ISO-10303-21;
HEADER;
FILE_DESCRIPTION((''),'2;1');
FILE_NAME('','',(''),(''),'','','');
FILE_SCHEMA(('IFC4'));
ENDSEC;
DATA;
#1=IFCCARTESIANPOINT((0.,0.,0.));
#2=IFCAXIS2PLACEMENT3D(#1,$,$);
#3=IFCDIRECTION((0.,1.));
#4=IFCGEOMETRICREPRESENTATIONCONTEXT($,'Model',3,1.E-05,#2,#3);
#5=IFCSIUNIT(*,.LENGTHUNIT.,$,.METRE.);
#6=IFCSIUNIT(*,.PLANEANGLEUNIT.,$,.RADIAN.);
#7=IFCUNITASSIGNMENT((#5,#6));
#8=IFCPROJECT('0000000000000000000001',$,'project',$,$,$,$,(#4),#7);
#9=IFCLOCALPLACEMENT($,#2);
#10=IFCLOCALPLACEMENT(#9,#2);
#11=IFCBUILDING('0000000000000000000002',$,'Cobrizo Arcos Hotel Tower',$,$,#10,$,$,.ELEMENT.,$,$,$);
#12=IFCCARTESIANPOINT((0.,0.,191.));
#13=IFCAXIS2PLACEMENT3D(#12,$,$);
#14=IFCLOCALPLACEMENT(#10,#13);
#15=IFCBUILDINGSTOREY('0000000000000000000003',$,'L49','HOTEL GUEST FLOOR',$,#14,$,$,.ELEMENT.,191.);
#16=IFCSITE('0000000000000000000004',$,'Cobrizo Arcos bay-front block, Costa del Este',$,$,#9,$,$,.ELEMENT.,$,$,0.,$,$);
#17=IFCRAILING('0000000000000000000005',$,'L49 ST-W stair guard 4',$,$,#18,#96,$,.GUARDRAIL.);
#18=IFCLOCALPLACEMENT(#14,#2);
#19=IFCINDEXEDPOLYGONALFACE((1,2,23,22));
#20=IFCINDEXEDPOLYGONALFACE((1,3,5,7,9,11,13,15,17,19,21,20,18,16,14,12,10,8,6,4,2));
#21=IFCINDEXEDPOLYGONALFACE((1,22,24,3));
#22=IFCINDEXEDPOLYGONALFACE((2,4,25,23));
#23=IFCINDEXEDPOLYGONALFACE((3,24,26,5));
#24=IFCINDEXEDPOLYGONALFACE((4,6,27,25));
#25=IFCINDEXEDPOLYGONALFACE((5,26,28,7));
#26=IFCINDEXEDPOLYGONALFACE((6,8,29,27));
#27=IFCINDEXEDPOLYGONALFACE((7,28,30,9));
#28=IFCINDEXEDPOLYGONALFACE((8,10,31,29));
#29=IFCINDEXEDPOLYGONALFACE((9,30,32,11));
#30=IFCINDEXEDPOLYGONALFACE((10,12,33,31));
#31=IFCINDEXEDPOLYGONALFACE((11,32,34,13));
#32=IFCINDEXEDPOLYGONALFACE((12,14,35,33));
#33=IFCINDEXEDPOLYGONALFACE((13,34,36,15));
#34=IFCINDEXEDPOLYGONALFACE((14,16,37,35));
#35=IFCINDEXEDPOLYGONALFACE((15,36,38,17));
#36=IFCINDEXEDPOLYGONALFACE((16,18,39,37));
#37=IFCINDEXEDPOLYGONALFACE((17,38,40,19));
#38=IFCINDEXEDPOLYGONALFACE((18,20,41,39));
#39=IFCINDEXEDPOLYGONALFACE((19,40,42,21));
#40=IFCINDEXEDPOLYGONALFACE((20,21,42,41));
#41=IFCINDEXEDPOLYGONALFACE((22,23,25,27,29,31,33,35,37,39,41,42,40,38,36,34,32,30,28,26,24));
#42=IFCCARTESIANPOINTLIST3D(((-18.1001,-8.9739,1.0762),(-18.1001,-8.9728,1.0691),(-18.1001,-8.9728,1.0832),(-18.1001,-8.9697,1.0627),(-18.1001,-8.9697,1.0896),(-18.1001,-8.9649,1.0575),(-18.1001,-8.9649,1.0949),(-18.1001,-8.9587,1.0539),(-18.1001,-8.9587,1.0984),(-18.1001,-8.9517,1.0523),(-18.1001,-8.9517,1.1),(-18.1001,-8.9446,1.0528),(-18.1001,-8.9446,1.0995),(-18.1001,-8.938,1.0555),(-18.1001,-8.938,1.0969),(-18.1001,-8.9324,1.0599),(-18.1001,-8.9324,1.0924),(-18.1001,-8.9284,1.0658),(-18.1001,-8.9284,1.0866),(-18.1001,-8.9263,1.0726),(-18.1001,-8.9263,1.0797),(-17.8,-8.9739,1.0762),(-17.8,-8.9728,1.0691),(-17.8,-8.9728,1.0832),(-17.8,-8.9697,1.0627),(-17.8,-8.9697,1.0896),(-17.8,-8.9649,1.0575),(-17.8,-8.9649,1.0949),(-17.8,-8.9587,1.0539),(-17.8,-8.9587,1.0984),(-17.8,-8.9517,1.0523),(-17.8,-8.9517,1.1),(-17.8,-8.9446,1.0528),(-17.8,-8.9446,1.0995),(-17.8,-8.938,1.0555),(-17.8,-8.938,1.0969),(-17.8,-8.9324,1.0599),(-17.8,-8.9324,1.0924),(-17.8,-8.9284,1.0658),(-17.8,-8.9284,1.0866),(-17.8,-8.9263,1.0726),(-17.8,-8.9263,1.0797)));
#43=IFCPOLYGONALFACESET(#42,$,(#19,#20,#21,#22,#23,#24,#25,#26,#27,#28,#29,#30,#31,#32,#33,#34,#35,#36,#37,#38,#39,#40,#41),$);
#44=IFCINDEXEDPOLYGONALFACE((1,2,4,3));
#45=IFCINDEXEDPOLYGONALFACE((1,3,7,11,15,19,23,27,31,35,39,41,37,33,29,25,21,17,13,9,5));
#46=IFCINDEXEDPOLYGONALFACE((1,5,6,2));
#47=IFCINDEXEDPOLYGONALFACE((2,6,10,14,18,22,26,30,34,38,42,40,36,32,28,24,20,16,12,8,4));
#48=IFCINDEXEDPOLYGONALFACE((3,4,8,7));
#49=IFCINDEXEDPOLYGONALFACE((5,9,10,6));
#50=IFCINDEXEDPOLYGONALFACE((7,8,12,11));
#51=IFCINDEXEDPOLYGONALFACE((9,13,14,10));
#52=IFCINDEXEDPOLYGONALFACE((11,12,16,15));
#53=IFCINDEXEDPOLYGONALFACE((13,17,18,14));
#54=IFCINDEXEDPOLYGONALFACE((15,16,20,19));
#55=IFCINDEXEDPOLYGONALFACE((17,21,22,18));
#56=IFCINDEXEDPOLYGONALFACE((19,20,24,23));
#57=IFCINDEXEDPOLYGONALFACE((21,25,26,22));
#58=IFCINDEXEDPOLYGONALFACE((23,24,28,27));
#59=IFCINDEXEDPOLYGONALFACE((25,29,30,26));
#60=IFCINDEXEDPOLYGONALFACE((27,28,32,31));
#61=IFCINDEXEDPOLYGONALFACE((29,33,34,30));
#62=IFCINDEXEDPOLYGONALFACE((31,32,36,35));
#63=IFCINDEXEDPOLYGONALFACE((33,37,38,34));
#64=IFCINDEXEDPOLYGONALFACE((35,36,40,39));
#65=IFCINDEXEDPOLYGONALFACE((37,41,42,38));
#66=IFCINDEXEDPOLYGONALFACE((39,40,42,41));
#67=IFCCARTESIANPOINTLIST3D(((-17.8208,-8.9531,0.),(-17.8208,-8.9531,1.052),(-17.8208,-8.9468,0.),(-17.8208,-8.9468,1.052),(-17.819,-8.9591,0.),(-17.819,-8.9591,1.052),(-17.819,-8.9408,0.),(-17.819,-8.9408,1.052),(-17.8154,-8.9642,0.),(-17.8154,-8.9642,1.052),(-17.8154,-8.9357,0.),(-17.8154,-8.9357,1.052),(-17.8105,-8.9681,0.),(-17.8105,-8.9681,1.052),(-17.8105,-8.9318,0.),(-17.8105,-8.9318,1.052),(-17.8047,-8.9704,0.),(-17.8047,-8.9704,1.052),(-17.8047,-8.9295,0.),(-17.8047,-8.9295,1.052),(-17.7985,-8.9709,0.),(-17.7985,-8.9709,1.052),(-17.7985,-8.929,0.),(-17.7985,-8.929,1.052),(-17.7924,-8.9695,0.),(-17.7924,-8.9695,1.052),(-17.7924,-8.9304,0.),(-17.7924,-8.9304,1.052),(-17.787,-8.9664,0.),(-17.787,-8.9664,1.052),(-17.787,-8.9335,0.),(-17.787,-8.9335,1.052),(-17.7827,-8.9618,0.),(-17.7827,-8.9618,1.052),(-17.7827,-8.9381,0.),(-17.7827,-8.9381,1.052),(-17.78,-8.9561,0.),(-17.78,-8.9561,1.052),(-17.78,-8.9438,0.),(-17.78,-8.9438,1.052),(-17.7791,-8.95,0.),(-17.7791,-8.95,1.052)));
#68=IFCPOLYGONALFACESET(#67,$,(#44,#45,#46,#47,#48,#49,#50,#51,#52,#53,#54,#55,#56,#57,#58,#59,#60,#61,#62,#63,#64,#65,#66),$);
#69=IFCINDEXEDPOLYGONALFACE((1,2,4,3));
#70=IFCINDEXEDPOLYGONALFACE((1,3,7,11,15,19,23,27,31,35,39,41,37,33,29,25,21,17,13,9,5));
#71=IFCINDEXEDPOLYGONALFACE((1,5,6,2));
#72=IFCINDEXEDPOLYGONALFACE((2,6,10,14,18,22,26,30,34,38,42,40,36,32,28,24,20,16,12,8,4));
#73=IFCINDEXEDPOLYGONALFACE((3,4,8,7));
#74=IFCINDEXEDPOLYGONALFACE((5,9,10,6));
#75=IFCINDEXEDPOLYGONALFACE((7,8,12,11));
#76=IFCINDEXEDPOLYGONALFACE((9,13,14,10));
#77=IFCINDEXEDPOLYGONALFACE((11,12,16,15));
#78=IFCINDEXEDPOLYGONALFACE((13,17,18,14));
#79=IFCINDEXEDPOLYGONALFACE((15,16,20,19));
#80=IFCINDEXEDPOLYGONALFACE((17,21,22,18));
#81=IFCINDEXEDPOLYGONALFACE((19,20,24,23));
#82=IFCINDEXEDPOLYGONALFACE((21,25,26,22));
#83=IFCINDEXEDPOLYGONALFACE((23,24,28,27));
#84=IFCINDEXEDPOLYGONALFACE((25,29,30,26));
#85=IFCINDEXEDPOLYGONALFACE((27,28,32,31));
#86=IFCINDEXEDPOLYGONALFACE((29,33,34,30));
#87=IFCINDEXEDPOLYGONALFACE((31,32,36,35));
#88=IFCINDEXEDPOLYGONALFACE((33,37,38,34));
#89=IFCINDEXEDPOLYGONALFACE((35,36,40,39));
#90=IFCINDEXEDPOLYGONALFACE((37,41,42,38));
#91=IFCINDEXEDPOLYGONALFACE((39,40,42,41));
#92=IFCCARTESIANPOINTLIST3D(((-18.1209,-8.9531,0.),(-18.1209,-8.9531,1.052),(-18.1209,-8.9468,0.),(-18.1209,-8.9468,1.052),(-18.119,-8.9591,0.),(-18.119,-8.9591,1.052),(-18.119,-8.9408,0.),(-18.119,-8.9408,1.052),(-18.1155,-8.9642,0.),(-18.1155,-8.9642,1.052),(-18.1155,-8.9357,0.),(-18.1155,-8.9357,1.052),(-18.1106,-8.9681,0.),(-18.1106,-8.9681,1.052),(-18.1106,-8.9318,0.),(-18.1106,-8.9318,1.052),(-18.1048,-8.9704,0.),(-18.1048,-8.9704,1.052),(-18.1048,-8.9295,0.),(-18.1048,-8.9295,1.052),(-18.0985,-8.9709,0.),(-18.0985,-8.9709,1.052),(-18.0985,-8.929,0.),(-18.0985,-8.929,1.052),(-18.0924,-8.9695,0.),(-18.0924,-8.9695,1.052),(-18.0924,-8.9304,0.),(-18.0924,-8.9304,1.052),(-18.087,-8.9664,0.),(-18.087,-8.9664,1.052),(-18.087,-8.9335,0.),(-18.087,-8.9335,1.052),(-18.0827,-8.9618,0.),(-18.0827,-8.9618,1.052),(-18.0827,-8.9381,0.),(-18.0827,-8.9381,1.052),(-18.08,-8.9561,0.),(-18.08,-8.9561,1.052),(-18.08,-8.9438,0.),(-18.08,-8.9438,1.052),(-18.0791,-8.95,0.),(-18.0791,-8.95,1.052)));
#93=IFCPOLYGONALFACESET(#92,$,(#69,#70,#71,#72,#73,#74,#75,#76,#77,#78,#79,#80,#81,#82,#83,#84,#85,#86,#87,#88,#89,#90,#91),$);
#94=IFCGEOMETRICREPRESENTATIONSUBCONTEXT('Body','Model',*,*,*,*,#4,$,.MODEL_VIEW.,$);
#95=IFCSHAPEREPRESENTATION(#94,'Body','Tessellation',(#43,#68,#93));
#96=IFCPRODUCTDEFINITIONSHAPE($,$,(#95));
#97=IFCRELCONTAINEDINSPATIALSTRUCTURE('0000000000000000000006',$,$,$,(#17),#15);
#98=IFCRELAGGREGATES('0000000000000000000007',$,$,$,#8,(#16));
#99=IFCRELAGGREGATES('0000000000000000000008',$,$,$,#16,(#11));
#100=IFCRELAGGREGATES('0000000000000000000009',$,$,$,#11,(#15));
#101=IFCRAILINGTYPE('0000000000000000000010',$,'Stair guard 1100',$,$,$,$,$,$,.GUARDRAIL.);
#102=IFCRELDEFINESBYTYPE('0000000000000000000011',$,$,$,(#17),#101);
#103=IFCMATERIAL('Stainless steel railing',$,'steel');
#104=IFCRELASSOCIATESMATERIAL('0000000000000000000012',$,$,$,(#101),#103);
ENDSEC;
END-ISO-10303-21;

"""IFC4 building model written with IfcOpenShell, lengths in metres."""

from ifc_helpers import new_model, si_unit, direction, frame, origin, origin_2d, place, context, subcontext, project, spatial, circle, extrude, material, type_object, element, save


model = new_model("IFC4")

# Units and contexts
model_context = context("Model", 3, precision=1e-05, world=origin(), true_north=direction((0.0, 1.0)))
body_context = subcontext(model_context, "Body", "Model", "MODEL_VIEW")
ifc_project = project(units=[si_unit("LENGTHUNIT", "METRE"), si_unit("PLANEANGLEUNIT", "RADIAN")], contexts=[model_context])

# Site, building, storey
site_placement = place(None, origin())
site = spatial("IfcSite", under=ifc_project, at=site_placement, Name="Cobrizo Arcos bay-front block, Costa del Este", CompositionType="ELEMENT", RefElevation=0.0)
building_placement = place(site_placement, origin())
building = spatial("IfcBuilding", under=site, at=building_placement, Name="Cobrizo Arcos Hotel Tower", CompositionType="ELEMENT")
storey_placement = place(building_placement, frame((0.0, 0.0, 191.0)))
storey = spatial("IfcBuildingStorey", under=building, at=storey_placement, Name="L49", Description="HOTEL GUEST FLOOR", CompositionType="ELEMENT", Elevation=191.0)

# Railing
ifc_material_1 = material(Name="Stainless steel railing", Category="steel")
railing_type = type_object("IfcRailingType", Name="Stair guard 1100", PredefinedType="GUARDRAIL", material=ifc_material_1)
railing_1_placement = place(storey_placement, frame((-17.8, -8.95, 0.0)))
element("IfcRailing", 1, at=railing_1_placement, inside=storey, type_object=railing_type, Name="L49 ST-W stair guard 4", PredefinedType="GUARDRAIL", context=body_context, shape_type="SweptSolid", body=[
    extrude(circle(Radius=0.0239, at=origin_2d()), frame((0.0, 0.0, 1.0762), z_axis=(-1.0, 0.0, 0.0), x_axis=(0.0, -1.0, 0.0)), (0.0, 0.0, 1.0), 0.3),
    extrude(circle(Radius=0.021, at=origin_2d()), origin(), (0.0, 0.0, 1.0), 1.052),
    extrude(circle(Radius=0.021, at=origin_2d()), frame((-0.3, 0.0, 0.0)), (0.0, 0.0, 1.0), 1.052),
])

save(model, "model.ifc")
